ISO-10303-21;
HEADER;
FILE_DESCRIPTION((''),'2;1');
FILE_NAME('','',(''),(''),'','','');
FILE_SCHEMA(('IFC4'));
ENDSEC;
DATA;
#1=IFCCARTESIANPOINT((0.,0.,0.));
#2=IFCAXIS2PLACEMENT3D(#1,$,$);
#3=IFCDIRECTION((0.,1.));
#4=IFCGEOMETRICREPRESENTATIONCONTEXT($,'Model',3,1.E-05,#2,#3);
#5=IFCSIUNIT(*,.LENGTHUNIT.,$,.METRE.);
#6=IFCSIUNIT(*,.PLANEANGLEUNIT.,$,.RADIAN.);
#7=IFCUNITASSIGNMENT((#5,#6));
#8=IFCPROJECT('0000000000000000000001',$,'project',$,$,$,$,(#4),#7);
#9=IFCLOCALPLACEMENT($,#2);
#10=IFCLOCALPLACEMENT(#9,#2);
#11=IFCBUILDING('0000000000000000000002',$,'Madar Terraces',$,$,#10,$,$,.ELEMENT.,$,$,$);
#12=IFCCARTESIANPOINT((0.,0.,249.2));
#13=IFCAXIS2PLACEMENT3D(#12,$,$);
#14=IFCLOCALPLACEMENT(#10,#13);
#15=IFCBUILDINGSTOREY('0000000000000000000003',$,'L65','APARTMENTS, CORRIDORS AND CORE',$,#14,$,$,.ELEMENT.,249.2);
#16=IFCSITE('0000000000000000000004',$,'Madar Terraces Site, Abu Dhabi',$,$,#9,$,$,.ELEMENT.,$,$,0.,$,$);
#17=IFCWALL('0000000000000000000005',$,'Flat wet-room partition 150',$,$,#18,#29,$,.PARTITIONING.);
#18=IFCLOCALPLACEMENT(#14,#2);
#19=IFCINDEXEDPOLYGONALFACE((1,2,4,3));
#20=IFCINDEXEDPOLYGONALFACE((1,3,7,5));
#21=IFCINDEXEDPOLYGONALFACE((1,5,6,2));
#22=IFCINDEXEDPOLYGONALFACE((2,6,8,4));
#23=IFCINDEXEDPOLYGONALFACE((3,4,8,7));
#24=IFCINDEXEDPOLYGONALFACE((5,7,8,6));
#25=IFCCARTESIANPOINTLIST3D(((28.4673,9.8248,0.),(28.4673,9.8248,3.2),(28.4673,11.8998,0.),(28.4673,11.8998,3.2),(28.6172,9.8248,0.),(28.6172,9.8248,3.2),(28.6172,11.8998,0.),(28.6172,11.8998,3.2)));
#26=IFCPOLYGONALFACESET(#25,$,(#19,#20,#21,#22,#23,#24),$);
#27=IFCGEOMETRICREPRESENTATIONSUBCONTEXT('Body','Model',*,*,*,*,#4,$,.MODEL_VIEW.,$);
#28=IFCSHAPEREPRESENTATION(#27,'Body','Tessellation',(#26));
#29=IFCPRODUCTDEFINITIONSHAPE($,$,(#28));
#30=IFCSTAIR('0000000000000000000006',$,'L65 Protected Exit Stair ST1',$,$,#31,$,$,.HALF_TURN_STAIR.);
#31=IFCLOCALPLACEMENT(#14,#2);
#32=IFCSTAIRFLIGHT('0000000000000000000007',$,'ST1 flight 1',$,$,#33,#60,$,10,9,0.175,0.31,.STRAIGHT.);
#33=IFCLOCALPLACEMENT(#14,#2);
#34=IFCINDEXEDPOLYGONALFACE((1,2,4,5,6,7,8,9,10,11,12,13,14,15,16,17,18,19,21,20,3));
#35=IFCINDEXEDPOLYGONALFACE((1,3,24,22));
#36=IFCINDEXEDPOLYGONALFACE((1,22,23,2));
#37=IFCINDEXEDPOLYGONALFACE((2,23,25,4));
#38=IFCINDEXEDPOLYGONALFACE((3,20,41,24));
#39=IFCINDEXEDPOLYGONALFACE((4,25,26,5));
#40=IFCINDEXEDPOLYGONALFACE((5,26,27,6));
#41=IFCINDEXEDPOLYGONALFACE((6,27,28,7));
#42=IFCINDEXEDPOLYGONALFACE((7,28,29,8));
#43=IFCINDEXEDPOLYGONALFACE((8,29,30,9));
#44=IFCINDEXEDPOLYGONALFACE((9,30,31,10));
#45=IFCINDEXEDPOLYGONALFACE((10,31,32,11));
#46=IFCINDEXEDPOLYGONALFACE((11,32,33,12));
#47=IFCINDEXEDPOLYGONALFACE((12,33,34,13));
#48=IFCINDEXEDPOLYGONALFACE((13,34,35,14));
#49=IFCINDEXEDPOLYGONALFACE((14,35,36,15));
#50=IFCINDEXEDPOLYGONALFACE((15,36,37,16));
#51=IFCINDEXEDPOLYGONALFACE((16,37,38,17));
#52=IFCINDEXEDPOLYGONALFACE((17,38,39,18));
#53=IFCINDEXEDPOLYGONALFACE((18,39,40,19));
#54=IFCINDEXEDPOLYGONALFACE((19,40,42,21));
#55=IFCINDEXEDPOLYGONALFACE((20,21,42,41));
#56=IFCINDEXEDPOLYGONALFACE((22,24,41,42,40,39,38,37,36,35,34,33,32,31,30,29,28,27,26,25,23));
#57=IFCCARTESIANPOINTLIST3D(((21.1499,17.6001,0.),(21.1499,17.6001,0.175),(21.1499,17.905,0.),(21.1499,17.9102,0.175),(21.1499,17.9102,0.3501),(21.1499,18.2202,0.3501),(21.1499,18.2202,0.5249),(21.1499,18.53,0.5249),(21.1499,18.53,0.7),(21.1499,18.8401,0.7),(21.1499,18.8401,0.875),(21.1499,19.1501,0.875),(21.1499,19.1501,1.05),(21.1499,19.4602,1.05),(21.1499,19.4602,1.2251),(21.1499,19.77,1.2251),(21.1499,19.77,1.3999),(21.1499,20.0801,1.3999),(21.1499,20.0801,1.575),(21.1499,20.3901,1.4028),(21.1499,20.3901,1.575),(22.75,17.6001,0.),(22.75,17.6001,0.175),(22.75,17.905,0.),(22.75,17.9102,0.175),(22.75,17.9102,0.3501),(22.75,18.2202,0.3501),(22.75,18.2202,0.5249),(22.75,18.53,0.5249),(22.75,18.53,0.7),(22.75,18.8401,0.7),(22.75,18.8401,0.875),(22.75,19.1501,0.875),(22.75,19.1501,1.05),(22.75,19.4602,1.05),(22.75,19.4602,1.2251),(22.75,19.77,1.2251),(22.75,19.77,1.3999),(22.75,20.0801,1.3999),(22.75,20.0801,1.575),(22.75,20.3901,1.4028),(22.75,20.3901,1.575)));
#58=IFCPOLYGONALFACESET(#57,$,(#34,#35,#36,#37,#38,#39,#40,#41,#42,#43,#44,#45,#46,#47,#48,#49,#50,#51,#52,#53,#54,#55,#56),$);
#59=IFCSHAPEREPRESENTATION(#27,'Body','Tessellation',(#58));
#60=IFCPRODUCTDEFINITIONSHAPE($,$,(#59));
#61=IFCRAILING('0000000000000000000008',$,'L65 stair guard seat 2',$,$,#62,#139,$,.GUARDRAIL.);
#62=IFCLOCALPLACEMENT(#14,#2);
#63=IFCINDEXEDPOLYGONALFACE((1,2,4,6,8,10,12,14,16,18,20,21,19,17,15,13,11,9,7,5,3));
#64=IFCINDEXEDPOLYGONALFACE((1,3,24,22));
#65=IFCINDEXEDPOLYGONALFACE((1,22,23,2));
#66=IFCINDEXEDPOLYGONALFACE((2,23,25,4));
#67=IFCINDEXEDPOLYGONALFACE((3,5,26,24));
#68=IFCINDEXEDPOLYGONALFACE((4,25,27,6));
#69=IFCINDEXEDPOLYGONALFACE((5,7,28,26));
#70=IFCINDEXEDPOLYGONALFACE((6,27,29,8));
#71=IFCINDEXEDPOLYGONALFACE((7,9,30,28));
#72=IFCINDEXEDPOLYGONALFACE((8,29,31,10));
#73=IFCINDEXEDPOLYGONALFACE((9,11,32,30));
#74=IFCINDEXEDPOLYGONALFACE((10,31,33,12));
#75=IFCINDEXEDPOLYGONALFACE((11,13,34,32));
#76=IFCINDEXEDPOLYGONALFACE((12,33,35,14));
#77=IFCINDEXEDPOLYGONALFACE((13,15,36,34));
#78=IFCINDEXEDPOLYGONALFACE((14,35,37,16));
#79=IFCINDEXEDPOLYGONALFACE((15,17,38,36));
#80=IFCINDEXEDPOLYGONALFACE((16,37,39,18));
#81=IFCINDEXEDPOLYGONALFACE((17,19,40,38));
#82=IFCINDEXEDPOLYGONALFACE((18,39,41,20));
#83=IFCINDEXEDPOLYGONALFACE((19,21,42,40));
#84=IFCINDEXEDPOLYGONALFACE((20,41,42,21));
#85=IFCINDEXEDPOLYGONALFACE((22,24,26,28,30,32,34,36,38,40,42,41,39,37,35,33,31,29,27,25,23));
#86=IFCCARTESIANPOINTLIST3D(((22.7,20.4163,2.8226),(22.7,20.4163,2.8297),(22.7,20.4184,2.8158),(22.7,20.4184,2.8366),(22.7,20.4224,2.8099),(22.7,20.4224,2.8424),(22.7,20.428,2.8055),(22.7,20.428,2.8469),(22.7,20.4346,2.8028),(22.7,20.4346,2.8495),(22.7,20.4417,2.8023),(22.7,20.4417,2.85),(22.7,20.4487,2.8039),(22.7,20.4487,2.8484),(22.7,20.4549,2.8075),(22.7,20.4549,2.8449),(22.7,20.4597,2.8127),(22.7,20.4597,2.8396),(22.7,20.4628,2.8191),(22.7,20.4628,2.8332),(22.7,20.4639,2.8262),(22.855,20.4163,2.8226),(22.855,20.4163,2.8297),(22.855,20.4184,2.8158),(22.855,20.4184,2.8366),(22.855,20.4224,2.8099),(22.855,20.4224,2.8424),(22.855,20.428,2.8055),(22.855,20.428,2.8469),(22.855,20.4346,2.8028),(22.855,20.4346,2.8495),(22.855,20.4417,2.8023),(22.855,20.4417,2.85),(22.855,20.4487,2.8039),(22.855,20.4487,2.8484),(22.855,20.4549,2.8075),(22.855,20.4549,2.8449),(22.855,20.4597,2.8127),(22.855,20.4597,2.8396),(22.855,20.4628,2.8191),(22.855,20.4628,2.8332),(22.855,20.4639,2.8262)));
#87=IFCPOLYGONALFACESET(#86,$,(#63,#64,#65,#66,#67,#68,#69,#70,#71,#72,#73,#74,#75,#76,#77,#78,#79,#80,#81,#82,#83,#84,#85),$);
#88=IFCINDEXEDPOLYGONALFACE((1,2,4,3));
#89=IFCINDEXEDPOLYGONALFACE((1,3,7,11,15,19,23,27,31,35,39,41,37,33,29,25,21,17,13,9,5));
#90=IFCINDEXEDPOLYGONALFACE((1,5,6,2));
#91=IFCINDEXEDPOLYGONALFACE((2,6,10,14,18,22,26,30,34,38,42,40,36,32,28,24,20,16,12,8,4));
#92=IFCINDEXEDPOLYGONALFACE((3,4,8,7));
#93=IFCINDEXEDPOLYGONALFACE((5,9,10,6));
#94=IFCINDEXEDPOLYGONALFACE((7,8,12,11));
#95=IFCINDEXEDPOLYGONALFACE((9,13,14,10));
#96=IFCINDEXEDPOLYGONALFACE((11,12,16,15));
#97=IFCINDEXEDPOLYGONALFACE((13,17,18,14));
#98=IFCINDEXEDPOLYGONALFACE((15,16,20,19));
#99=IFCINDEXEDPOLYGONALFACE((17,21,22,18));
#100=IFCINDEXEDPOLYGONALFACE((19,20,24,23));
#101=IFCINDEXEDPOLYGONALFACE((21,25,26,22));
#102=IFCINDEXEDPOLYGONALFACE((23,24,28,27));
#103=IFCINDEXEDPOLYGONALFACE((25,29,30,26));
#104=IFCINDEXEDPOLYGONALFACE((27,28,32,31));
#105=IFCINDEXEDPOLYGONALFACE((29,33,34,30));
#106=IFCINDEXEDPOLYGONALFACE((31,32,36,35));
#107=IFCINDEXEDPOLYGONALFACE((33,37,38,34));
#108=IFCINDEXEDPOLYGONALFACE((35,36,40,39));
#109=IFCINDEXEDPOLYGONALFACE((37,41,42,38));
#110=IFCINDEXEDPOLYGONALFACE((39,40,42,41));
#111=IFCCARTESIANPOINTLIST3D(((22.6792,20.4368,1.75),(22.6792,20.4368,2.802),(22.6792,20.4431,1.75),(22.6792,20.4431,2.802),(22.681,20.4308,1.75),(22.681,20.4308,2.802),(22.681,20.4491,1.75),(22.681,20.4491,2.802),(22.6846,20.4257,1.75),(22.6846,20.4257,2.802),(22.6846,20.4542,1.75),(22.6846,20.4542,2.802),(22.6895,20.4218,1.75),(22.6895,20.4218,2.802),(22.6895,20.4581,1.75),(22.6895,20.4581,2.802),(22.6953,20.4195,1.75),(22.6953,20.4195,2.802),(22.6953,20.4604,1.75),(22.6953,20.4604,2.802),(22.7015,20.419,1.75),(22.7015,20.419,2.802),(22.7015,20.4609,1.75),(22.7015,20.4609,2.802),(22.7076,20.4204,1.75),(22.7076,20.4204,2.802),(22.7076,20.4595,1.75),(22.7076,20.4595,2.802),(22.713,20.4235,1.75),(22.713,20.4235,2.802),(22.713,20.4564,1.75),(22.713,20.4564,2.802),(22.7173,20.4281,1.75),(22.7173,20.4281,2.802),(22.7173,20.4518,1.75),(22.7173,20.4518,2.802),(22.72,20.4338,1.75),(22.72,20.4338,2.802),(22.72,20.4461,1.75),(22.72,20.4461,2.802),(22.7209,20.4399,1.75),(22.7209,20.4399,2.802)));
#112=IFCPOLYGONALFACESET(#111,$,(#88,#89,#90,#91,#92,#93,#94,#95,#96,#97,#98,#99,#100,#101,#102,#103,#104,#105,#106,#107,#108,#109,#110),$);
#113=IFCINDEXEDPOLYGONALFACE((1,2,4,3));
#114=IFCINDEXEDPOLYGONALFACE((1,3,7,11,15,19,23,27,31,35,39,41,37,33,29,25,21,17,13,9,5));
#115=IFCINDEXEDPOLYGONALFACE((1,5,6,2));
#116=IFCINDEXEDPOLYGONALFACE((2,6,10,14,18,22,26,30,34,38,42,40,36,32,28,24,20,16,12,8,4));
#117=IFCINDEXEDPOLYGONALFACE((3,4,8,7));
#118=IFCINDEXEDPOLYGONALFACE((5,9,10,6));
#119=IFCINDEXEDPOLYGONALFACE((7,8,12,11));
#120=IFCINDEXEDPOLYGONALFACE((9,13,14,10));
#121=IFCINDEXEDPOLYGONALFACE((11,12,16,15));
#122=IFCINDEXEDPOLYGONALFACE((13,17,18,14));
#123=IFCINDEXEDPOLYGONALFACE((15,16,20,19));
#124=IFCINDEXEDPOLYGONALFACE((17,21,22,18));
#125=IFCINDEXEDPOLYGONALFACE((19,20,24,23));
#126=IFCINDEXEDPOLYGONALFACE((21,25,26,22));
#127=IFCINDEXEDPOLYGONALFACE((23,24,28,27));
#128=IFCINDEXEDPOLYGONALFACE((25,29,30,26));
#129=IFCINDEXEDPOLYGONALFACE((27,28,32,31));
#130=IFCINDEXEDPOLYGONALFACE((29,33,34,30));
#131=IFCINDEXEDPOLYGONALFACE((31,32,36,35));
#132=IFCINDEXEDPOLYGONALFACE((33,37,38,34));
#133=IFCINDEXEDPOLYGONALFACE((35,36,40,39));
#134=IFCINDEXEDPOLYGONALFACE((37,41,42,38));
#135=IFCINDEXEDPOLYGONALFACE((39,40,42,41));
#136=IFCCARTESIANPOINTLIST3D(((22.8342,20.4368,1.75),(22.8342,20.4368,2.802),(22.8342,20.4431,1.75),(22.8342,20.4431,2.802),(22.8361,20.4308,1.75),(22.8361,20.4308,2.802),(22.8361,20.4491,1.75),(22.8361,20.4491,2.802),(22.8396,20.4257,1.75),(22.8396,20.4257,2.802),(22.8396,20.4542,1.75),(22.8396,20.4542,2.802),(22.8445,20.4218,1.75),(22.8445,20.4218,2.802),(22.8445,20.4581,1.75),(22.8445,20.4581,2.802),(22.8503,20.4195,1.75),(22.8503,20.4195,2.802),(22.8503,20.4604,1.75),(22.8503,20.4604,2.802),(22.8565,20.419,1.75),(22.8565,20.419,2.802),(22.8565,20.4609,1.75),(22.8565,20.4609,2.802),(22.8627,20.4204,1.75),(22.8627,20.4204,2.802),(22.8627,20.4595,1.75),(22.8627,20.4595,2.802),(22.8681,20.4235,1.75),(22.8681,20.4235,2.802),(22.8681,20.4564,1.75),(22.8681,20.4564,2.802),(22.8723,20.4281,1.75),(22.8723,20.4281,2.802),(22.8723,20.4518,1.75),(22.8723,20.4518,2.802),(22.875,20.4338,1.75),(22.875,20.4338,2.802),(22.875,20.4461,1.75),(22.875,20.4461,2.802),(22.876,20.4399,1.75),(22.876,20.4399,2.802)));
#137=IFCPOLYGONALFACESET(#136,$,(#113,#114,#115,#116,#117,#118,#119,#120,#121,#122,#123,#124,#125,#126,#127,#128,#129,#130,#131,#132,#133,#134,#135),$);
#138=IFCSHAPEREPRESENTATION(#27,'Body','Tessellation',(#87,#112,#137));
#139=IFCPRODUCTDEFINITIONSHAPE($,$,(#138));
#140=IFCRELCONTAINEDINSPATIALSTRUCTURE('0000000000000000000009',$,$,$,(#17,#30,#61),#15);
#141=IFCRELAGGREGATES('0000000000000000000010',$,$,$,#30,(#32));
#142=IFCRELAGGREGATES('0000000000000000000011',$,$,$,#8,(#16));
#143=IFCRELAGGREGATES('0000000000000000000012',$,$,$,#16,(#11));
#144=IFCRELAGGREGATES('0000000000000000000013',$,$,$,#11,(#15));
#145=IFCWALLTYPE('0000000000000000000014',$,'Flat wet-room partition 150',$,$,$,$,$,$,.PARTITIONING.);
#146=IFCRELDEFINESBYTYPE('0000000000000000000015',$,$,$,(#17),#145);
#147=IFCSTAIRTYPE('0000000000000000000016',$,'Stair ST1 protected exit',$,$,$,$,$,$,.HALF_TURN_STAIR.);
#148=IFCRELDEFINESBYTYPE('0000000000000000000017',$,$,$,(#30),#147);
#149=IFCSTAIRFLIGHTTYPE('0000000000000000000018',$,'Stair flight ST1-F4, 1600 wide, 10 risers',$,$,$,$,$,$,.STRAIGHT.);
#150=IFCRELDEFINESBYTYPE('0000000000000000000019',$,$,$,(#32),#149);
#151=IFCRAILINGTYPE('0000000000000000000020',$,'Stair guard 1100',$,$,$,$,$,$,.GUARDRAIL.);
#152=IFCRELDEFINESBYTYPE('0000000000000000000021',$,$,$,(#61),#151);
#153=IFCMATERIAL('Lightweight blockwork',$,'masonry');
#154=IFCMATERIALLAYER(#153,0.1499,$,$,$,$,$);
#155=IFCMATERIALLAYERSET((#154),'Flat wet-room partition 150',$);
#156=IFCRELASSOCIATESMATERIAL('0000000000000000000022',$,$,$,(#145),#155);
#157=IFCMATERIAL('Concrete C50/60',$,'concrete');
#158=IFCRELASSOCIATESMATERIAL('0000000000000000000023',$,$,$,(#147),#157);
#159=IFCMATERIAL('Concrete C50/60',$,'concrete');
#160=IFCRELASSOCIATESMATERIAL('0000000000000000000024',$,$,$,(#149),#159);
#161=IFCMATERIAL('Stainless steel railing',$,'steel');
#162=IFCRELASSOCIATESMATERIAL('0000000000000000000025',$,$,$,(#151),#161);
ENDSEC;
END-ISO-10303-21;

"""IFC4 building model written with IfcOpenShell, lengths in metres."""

from ifc_helpers import new_model, si_unit, direction, frame, frame_2d, origin, origin_2d, place, context, subcontext, project, spatial, polyline, rectangle, circle, outline, extrude, material, layer, layer_set, type_object, element, aggregate, save


model = new_model("IFC4")

# Units and contexts
model_context = context("Model", 3, precision=1e-05, world=origin(), true_north=direction((0.0, 1.0)))
body_context = subcontext(model_context, "Body", "Model", "MODEL_VIEW")
ifc_project = project(units=[si_unit("LENGTHUNIT", "METRE"), si_unit("PLANEANGLEUNIT", "RADIAN")], contexts=[model_context])

# Site, building, storey
site_placement = place(None, origin())
site = spatial("IfcSite", under=ifc_project, at=site_placement, Name="Madar Terraces Site, Abu Dhabi", CompositionType="ELEMENT", RefElevation=0.0)
building_placement = place(site_placement, origin())
building = spatial("IfcBuilding", under=site, at=building_placement, Name="Madar Terraces", CompositionType="ELEMENT")
storey_placement = place(building_placement, frame((0.0, 0.0, 249.2)))
storey = spatial("IfcBuildingStorey", under=building, at=storey_placement, Name="L65", Description="APARTMENTS, CORRIDORS AND CORE", CompositionType="ELEMENT", Elevation=249.2)

# Wall
ifc_material_1 = material(Name="Lightweight blockwork", Category="masonry")
ifc_layer_1 = layer(ifc_material_1, 0.1499)
ifc_layer_set_1 = layer_set([ifc_layer_1], Name="Flat wet-room partition 150")
wall_type_1 = type_object("IfcWallType", Name="Flat wet-room partition 150", PredefinedType="PARTITIONING", material=ifc_layer_set_1)
wall_1_placement = place(storey_placement, frame((28.5422, 11.8999, 0.0), z_axis=(0.0, 0.0, 1.0), x_axis=(0.0, -1.0, 0.0)))
element("IfcWall", 1, at=wall_1_placement, inside=storey, type_object=wall_type_1, Name="Flat wet-room partition 150", PredefinedType="PARTITIONING", context=body_context, shape_type="SweptSolid", body=[
    extrude(rectangle(XDim=2.075, YDim=0.1499, at=frame_2d((1.0376, 0.0))), origin(), (0.0, 0.0, 1.0), 3.2),
])

# Stair, stair flight
ifc_material_2 = material(Name="Concrete C50/60", Category="concrete")
stair_type = type_object("IfcStairType", Name="Stair ST1 protected exit", PredefinedType="HALF_TURN_STAIR", material=ifc_material_2)
stair_placement = place(storey_placement, origin())
stair = element("IfcStair", 2, at=stair_placement, inside=storey, type_object=stair_type, Name="L65 Protected Exit Stair ST1", PredefinedType="HALF_TURN_STAIR")
ifc_material_3 = material(Name="Concrete C50/60", Category="concrete")
stair_flight_type = type_object("IfcStairFlightType", Name="Stair flight ST1-F4, 1600 wide, 10 risers", PredefinedType="STRAIGHT", material=ifc_material_3)
stair_flight_placement = place(storey_placement, frame((21.95, 17.6001, 0.0), z_axis=(0.0, 0.0, 1.0), x_axis=(0.0, 1.0, 0.0)))
stair_flight = element("IfcStairFlight", 3, at=stair_flight_placement, type_object=stair_flight_type, Name="ST1 flight 1", NumberOfRisers=10, NumberOfTreads=9, PredefinedType="STRAIGHT", RiserHeight=0.175, TreadLength=0.31, context=body_context, shape_type="SweptSolid", body=[
    extrude(outline(polyline([(0.0, 0.0), (0.0, 0.175), (0.3101, 0.175), (0.3101, 0.3501), (0.6201, 0.3501), (0.6201, 0.5249), (0.9299, 0.5249), (0.9299, 0.7), (1.24, 0.7), (1.24, 0.875), (1.55, 0.875), (1.55, 1.05), (1.8601, 1.05), (1.8601, 1.2251), (2.1699, 1.2251), (2.1699, 1.3999), (2.48, 1.3999), (2.48, 1.575), (2.79, 1.575), (2.79, 1.75), (2.79, 1.4028), (0.3049, 0.0), (0.0, 0.0)])), frame((0.0, 0.8, 0.0), z_axis=(0.0, -1.0, 0.0), x_axis=(1.0, 0.0, 0.0)), (0.0, 0.0, 1.0), 1.6001),
])
aggregate(stair, [stair_flight])

# Railing
ifc_material_4 = material(Name="Stainless steel railing", Category="steel")
railing_type_1 = type_object("IfcRailingType", Name="Stair guard 1100", PredefinedType="GUARDRAIL", material=ifc_material_4)
for number, where, name in (
    (4, (22.7, 20.4399, 1.75), "L65 stair guard seat 2"),
):
    element("IfcRailing", number, at=place(storey_placement, frame(where)), inside=storey, type_object=railing_type_1, Name=name, PredefinedType="GUARDRAIL", context=body_context, shape_type="SweptSolid", body=[
        extrude(circle(Radius=0.0239, at=origin_2d()), frame((0.0, 0.0, 1.0762), z_axis=(1.0, 0.0, 0.0), x_axis=(0.0, 1.0, 0.0)), (0.0, 0.0, 1.0), 0.155),
        extrude(circle(Radius=0.021, at=origin_2d()), origin(), (0.0, 0.0, 1.0), 1.052),
        extrude(circle(Radius=0.021, at=origin_2d()), frame((0.155, 0.0, 0.0)), (0.0, 0.0, 1.0), 1.052),
    ])

save(model, "model.ifc")
